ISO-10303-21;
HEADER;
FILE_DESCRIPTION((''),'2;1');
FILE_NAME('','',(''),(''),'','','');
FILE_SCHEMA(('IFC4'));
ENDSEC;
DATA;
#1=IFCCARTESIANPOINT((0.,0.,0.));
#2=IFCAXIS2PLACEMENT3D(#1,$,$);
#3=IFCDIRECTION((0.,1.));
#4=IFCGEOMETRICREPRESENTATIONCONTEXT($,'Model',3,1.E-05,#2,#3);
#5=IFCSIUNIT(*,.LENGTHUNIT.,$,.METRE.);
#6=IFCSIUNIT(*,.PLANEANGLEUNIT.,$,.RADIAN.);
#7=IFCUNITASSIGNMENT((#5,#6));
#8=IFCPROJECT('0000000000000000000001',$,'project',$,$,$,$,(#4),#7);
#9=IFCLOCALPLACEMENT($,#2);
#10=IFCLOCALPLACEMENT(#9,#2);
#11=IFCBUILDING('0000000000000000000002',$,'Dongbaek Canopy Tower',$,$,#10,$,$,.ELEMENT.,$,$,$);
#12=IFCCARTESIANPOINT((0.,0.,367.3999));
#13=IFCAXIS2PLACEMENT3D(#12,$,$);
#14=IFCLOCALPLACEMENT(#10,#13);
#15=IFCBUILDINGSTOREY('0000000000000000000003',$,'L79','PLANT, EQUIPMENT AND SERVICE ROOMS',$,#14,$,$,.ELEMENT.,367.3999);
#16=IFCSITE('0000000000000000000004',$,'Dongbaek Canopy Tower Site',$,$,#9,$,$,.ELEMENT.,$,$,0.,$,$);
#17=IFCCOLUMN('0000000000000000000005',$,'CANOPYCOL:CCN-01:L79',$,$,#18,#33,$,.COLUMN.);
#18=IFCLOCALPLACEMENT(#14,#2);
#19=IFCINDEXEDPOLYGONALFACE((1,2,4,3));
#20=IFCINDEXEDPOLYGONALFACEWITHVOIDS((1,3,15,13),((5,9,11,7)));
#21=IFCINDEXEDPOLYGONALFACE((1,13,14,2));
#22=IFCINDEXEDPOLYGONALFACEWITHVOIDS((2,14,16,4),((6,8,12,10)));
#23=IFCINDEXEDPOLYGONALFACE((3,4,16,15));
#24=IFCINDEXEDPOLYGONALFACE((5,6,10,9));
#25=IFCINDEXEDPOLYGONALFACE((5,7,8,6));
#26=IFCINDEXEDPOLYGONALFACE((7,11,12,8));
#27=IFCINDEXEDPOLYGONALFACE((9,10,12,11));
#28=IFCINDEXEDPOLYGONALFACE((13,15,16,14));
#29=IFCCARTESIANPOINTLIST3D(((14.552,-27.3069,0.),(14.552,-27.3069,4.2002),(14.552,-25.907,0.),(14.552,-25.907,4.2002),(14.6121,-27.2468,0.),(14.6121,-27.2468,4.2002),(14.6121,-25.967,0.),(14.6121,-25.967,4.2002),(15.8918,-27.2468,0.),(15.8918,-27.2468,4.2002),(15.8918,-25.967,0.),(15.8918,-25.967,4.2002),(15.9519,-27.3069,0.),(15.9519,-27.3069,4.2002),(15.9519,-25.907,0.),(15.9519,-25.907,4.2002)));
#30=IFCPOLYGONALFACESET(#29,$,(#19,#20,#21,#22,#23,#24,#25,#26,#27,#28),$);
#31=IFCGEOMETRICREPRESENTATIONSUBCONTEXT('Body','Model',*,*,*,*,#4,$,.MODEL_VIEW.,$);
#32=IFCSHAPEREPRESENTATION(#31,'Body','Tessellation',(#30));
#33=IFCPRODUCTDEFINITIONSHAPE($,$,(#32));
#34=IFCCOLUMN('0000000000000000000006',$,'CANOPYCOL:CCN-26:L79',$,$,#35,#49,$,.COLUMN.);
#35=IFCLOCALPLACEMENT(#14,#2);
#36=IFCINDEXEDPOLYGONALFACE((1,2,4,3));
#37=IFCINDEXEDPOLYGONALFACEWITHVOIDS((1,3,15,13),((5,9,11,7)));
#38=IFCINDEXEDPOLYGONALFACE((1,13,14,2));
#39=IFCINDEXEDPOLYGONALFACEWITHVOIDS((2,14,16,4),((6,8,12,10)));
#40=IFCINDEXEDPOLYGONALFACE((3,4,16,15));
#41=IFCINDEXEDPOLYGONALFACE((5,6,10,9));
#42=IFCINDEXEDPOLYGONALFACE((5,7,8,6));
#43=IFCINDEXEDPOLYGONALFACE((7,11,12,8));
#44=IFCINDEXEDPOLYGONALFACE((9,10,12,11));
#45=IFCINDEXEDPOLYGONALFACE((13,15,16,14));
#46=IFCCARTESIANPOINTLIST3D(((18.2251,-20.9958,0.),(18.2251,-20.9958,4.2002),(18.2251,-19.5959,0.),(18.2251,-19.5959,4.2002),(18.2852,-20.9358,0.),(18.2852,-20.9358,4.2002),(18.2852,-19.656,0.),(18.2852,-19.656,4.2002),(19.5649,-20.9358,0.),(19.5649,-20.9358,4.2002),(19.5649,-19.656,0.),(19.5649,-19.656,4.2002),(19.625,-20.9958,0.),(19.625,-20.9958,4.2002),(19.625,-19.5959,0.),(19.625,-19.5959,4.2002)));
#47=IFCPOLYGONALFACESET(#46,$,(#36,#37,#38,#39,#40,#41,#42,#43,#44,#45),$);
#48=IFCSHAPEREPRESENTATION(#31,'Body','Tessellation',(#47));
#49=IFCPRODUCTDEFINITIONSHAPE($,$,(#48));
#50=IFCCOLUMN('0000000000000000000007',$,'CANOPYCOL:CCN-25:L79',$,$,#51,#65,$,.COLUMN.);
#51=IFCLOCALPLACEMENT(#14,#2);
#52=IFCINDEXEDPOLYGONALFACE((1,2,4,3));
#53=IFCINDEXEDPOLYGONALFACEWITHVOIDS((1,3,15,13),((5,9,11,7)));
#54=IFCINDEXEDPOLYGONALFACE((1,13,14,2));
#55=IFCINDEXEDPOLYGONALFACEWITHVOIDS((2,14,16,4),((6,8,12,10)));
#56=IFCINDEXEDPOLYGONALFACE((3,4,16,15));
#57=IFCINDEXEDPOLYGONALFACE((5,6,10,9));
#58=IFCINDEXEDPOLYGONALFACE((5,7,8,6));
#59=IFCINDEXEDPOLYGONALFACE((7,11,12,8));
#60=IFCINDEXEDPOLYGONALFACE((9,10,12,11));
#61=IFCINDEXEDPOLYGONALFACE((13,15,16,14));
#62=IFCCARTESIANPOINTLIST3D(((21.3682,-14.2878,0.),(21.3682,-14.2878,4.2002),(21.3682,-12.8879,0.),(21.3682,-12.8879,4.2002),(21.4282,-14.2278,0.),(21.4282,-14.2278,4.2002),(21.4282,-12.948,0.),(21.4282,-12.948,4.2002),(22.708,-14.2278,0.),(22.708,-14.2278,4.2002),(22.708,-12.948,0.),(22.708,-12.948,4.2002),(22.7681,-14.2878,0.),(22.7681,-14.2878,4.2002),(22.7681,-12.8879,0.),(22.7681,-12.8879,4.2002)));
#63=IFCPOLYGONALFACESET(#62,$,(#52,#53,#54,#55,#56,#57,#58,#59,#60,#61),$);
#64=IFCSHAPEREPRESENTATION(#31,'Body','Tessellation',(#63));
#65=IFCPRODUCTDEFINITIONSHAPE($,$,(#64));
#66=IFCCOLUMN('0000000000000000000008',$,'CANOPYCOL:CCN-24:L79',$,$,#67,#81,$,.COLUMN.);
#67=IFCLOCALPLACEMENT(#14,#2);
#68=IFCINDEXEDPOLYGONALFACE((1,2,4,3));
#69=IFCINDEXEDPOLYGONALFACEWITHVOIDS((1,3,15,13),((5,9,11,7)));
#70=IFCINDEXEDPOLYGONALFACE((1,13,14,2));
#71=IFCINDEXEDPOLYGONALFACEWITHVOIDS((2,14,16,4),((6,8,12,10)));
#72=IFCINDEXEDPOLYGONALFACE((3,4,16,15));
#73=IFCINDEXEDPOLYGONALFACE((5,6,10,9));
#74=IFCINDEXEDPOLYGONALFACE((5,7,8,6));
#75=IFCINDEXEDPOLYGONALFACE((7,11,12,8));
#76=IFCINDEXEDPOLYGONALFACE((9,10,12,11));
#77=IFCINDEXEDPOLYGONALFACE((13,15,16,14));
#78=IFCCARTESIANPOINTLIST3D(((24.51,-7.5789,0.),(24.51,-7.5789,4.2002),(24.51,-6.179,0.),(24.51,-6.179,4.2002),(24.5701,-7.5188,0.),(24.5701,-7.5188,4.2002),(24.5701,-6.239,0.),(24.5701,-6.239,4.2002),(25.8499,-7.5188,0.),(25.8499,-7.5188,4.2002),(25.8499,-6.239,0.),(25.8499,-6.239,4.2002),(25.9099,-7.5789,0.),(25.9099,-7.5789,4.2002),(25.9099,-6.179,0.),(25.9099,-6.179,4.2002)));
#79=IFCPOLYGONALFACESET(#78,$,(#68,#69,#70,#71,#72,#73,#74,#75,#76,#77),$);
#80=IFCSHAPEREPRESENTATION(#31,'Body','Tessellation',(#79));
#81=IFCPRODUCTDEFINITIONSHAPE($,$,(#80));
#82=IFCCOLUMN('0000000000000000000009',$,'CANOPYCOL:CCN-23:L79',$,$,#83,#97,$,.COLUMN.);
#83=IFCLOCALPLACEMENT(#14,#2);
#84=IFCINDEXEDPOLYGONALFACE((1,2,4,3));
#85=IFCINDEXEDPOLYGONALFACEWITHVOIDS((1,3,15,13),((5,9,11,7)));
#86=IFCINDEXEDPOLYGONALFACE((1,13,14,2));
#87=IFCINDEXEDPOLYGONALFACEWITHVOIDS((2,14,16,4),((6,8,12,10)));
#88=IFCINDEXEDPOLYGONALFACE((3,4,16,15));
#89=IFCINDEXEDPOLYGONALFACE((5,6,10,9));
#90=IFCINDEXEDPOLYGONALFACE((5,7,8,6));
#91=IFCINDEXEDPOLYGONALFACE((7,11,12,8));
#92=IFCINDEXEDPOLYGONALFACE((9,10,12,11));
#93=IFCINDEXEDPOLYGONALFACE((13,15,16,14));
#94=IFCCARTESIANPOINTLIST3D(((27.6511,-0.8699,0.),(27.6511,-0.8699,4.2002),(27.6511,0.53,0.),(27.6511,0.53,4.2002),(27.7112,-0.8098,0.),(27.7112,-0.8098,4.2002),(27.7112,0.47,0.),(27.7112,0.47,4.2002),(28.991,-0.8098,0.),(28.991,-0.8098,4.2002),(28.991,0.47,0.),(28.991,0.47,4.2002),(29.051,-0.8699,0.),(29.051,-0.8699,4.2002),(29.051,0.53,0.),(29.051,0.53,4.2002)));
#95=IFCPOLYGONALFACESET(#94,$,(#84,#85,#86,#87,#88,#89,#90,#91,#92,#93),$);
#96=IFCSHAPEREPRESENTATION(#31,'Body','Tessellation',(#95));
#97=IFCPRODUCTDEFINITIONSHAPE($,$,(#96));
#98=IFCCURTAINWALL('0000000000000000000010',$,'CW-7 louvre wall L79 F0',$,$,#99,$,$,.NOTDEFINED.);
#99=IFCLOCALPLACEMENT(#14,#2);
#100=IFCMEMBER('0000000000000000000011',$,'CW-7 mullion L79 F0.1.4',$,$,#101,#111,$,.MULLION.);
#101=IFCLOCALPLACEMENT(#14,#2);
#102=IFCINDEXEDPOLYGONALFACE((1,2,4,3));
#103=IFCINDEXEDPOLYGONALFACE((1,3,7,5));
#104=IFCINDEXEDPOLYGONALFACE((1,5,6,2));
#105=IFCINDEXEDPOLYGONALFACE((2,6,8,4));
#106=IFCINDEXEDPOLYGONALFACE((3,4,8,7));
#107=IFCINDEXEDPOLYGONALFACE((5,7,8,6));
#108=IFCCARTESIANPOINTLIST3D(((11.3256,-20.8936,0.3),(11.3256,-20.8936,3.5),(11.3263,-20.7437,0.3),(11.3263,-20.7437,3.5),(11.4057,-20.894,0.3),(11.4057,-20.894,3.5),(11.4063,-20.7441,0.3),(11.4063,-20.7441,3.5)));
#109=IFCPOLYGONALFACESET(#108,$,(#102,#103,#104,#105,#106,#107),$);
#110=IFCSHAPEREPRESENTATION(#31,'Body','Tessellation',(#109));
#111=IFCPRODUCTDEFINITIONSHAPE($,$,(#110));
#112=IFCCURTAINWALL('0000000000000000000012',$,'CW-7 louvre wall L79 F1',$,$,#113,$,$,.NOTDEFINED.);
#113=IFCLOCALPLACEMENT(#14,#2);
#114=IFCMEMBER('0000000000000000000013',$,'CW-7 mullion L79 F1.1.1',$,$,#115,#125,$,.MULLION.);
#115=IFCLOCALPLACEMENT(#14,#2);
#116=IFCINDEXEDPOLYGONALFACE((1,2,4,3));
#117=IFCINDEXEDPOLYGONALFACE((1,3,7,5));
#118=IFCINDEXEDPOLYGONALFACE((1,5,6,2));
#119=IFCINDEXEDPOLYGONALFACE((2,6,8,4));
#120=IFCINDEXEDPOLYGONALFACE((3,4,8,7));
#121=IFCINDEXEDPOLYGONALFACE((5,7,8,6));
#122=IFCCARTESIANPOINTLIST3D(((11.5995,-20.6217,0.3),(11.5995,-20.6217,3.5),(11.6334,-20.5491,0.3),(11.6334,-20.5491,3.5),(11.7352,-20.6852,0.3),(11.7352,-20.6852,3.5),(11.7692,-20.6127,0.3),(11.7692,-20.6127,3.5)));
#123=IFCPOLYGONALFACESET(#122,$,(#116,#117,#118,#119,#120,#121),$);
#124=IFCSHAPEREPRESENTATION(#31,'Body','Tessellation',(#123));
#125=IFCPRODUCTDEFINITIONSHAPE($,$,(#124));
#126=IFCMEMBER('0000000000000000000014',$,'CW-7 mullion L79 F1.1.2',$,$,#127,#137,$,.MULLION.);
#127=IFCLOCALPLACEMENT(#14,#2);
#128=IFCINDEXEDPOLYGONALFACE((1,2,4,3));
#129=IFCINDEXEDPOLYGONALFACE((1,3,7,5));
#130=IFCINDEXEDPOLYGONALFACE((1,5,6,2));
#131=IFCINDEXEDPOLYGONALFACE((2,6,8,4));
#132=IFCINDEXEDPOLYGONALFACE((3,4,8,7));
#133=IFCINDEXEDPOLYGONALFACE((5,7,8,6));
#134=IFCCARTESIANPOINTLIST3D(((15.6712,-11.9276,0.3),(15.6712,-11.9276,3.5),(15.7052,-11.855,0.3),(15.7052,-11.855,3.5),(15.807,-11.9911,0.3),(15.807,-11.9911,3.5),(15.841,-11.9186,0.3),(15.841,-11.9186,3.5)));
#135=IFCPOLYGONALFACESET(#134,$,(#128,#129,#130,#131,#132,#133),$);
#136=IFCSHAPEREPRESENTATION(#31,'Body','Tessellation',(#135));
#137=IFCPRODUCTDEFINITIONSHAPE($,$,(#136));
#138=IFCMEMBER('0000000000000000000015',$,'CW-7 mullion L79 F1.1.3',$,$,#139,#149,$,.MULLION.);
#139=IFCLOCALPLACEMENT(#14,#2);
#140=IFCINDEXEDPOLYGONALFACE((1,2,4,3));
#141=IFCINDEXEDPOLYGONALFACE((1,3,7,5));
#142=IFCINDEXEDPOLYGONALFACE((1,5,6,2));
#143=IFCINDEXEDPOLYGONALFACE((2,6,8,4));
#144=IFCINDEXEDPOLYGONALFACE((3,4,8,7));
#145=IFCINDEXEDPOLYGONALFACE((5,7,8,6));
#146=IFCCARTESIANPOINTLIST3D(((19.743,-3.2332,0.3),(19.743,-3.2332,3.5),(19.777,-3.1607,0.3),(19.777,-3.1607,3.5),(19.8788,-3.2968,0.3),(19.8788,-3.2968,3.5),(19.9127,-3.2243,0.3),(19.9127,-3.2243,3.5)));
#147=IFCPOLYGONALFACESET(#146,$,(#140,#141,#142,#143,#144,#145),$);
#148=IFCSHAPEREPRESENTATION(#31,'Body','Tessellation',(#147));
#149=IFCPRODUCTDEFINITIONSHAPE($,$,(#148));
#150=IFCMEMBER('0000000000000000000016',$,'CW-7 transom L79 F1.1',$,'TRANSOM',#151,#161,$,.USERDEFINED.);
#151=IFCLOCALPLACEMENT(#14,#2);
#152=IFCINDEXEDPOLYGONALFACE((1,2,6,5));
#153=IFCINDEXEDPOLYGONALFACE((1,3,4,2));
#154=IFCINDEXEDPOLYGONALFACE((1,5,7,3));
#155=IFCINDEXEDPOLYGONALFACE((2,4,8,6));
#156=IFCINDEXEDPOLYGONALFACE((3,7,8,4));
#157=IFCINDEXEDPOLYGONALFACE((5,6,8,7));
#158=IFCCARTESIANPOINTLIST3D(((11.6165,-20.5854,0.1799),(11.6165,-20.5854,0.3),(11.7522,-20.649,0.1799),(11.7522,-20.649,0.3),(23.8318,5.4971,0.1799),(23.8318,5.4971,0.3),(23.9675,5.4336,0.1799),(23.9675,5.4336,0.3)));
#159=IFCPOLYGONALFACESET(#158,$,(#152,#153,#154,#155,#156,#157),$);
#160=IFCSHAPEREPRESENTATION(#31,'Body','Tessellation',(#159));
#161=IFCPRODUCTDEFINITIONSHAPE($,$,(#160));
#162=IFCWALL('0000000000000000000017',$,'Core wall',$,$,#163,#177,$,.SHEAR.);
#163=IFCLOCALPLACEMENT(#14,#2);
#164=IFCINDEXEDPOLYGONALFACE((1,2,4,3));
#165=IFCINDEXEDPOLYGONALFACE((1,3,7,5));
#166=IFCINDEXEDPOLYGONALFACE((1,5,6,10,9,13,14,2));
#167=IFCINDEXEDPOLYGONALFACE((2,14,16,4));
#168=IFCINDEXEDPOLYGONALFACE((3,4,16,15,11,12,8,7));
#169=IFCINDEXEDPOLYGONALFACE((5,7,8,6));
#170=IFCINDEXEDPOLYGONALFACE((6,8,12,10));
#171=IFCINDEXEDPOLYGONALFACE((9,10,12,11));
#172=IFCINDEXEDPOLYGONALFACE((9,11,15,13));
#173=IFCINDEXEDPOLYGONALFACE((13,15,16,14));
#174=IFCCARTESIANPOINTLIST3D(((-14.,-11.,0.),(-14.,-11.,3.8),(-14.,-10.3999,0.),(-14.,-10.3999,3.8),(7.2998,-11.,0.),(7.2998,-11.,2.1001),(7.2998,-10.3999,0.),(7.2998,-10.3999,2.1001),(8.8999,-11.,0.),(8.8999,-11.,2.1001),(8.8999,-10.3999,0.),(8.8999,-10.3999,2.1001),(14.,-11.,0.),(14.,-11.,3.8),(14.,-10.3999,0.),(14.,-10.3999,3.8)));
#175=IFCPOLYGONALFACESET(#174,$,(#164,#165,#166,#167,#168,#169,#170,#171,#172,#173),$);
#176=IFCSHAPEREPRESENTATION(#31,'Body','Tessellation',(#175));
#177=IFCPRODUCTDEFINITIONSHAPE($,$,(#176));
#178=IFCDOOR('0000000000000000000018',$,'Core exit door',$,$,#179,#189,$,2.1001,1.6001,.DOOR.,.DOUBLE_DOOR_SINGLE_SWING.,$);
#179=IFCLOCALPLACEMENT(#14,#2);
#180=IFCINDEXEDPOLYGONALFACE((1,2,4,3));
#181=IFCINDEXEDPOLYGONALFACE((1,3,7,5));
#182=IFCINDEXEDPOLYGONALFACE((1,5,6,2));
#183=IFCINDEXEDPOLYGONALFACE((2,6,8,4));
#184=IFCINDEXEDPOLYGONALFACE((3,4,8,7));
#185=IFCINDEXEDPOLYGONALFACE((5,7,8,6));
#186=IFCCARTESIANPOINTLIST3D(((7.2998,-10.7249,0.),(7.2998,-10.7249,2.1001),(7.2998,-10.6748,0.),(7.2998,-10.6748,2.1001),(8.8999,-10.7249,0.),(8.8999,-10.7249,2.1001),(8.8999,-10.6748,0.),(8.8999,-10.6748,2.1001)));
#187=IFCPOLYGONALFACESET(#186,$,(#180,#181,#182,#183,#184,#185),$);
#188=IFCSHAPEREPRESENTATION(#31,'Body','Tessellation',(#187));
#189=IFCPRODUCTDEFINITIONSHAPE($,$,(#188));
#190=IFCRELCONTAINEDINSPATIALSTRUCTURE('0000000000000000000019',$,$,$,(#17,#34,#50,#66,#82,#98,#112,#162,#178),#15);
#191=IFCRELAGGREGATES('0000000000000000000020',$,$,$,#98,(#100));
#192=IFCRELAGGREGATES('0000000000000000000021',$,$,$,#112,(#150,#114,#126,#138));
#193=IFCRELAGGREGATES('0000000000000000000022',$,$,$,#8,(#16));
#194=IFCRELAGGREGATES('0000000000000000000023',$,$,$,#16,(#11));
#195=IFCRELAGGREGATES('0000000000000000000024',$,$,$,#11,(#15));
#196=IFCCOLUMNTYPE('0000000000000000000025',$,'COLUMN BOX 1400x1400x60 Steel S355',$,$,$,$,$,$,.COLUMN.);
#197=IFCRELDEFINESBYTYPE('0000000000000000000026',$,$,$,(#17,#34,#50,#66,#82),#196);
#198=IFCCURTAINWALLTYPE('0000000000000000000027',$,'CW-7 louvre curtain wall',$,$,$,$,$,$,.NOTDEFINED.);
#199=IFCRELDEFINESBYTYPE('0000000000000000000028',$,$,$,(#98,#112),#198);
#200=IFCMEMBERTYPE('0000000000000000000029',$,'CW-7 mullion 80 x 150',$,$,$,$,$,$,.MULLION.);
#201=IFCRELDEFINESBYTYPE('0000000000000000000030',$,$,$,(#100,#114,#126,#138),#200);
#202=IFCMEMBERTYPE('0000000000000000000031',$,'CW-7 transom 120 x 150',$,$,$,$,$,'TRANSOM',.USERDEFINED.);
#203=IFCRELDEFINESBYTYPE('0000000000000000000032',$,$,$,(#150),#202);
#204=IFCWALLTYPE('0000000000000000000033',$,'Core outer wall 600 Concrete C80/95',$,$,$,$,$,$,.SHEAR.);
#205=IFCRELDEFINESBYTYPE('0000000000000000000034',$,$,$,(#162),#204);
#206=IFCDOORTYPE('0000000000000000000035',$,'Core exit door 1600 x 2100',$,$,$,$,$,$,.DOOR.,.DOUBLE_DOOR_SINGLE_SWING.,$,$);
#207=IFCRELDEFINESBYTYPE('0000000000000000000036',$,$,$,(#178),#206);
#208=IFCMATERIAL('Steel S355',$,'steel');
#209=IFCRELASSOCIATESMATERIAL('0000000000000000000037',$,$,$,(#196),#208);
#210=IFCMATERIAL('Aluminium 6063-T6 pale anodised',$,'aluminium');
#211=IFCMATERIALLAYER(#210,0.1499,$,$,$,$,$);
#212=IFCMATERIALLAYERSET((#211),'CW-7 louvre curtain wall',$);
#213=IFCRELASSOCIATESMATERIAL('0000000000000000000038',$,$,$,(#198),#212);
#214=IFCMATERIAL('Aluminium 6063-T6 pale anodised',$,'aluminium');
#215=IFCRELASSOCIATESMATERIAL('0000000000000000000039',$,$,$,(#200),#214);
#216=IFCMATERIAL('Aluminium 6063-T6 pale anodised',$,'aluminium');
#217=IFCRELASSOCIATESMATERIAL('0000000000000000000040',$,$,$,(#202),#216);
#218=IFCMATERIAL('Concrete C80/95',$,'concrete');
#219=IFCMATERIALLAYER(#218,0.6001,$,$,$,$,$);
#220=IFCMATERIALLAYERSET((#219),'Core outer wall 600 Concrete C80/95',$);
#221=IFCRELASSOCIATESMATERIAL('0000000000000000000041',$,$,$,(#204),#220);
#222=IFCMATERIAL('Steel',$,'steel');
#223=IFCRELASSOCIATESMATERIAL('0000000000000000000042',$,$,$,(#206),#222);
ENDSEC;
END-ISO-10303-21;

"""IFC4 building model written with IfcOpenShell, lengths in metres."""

from ifc_helpers import new_model, si_unit, direction, frame, frame_2d, origin, origin_2d, place, context, subcontext, project, spatial, rectangle, hollow_rectangle, extrude, material, layer, layer_set, material_profile, profile_set, type_object, element, fill, aggregate, save


model = new_model("IFC4")

# Units and contexts
model_context = context("Model", 3, precision=1e-05, world=origin(), true_north=direction((0.0, 1.0)))
body_context = subcontext(model_context, "Body", "Model", "MODEL_VIEW")
ifc_project = project(units=[si_unit("LENGTHUNIT", "METRE"), si_unit("PLANEANGLEUNIT", "RADIAN")], contexts=[model_context])

# Site, building, storey
site_placement = place(None, origin())
site = spatial("IfcSite", under=ifc_project, at=site_placement, Name="Dongbaek Canopy Tower Site", CompositionType="ELEMENT", RefElevation=0.0)
building_placement = place(site_placement, origin())
building = spatial("IfcBuilding", under=site, at=building_placement, Name="Dongbaek Canopy Tower", CompositionType="ELEMENT")
storey_placement = place(building_placement, frame((0.0, 0.0, 367.3999)))
storey = spatial("IfcBuildingStorey", under=building, at=storey_placement, Name="L79", Description="PLANT, EQUIPMENT AND SERVICE ROOMS", CompositionType="ELEMENT", Elevation=367.3999)

# Columns
ifc_material_1 = material(Name="Steel S355", Category="steel")
ifc_material_profile_1 = material_profile(ifc_material_1, hollow_rectangle(XDim=1.3999, YDim=1.3999, WallThickness=0.0601, at=origin_2d()), Name="COLUMN BOX 1400x1400x60 Steel S355")
ifc_profile_set_1 = profile_set([ifc_material_profile_1], Name="Steel S355")
column_type = type_object("IfcColumnType", Name="COLUMN BOX 1400x1400x60 Steel S355", PredefinedType="COLUMN", material=ifc_profile_set_1)
for number, where, z_axis, x_axis, name in (
    (1, (15.252, -26.6069, 0.0), (0.0, 0.0, 1.0), (1.0, 0.0, 0.0), "CANOPYCOL:CCN-01:L79"),
    (2, (18.925, -20.2959, 0.0), (0.0, 0.0, 1.0), (1.0, 0.0, 0.0), "CANOPYCOL:CCN-26:L79"),
    (3, (22.0681, -13.5879, 0.0), (0.0, 0.0, 1.0), (1.0, 0.0, 0.0), "CANOPYCOL:CCN-25:L79"),
    (4, (25.21, -6.8789, 0.0), (0.0, 0.0, 1.0), (1.0, 0.0, 0.0), "CANOPYCOL:CCN-24:L79"),
    (5, (28.3511, -0.1699, 0.0), (0.0, 0.0, 1.0), (1.0, 0.0, 0.0), "CANOPYCOL:CCN-23:L79"),
):
    element("IfcColumn", number, at=place(storey_placement, frame(where, z_axis=z_axis, x_axis=x_axis)), inside=storey, type_object=column_type, Name=name, PredefinedType="COLUMN", context=body_context, shape_type="SweptSolid", body=[
        extrude(hollow_rectangle(XDim=1.3999, YDim=1.3999, WallThickness=0.0601, at=origin_2d()), origin(), (0.0, 0.0, 1.0), 4.2002),
    ])

# Curtain wall, member
ifc_material_2 = material(Name="Aluminium 6063-T6 pale anodised", Category="aluminium")
ifc_layer_1 = layer(ifc_material_2, 0.1499)
ifc_layer_set_1 = layer_set([ifc_layer_1], Name="CW-7 louvre curtain wall")
curtain_wall_type = type_object("IfcCurtainWallType", Name="CW-7 louvre curtain wall", PredefinedType="NOTDEFINED", material=ifc_layer_set_1)
curtain_wall_1_placement = place(storey_placement, origin())
curtain_wall_1 = element("IfcCurtainWall", 6, at=curtain_wall_1_placement, inside=storey, type_object=curtain_wall_type, Name="CW-7 louvre wall L79 F0", PredefinedType="NOTDEFINED")
ifc_material_3 = material(Name="Aluminium 6063-T6 pale anodised", Category="aluminium")
ifc_material_profile_2 = material_profile(ifc_material_3, rectangle(XDim=0.1499, YDim=0.0801, at=origin_2d()), Name="CW-7 mullion 80 x 150")
ifc_profile_set_2 = profile_set([ifc_material_profile_2], Name="Aluminium 6063-T6 pale anodised")
member_type_1 = type_object("IfcMemberType", Name="CW-7 mullion 80 x 150", PredefinedType="MULLION", material=ifc_profile_set_2)
member_1_placement = place(storey_placement, frame((11.366, -20.8188, 0.3), z_axis=(0.0, 0.0, 1.0), x_axis=(-0.004466, -0.99999, 0.0)))
member_1 = element("IfcMember", 7, at=member_1_placement, type_object=member_type_1, Name="CW-7 mullion L79 F0.1.4", PredefinedType="MULLION", context=body_context, shape_type="SweptSolid", body=[
    extrude(rectangle(XDim=0.1499, YDim=0.0801, at=origin_2d()), origin(), (0.0, 0.0, 1.0), 3.2),
])
aggregate(curtain_wall_1, [member_1])

# Curtain wall, members
curtain_wall_2_placement = place(storey_placement, origin())
curtain_wall_2 = element("IfcCurtainWall", 8, at=curtain_wall_2_placement, inside=storey, type_object=curtain_wall_type, Name="CW-7 louvre wall L79 F1", PredefinedType="NOTDEFINED")
member_2_placement = place(storey_placement, frame((11.6843, -20.6172, 0.3), z_axis=(0.0, 0.0, 1.0), x_axis=(0.905605, -0.424123, 0.0)))
member_2 = element("IfcMember", 9, at=member_2_placement, type_object=member_type_1, Name="CW-7 mullion L79 F1.1.1", PredefinedType="MULLION", context=body_context, shape_type="SweptSolid", body=[
    extrude(rectangle(XDim=0.1499, YDim=0.0801, at=origin_2d()), origin(), (0.0, 0.0, 1.0), 3.2),
])
member_3_placement = place(storey_placement, frame((15.7561, -11.9231, 0.3), z_axis=(0.0, 0.0, 1.0), x_axis=(0.905605, -0.424123, 0.0)))
member_3 = element("IfcMember", 10, at=member_3_placement, type_object=member_type_1, Name="CW-7 mullion L79 F1.1.2", PredefinedType="MULLION", context=body_context, shape_type="SweptSolid", body=[
    extrude(rectangle(XDim=0.1499, YDim=0.0801, at=origin_2d()), origin(), (0.0, 0.0, 1.0), 3.2),
])
member_4_placement = place(storey_placement, frame((19.8279, -3.2288, 0.3), z_axis=(0.0, 0.0, 1.0), x_axis=(0.905605, -0.424123, 0.0)))
member_4 = element("IfcMember", 11, at=member_4_placement, type_object=member_type_1, Name="CW-7 mullion L79 F1.1.3", PredefinedType="MULLION", context=body_context, shape_type="SweptSolid", body=[
    extrude(rectangle(XDim=0.1499, YDim=0.0801, at=origin_2d()), origin(), (0.0, 0.0, 1.0), 3.2),
])
ifc_material_4 = material(Name="Aluminium 6063-T6 pale anodised", Category="aluminium")
ifc_material_profile_3 = material_profile(ifc_material_4, rectangle(XDim=0.1499, YDim=0.1201, at=origin_2d()), Name="CW-7 transom 120 x 150")
ifc_profile_set_3 = profile_set([ifc_material_profile_3], Name="Aluminium 6063-T6 pale anodised")
member_type_2 = type_object("IfcMemberType", Name="CW-7 transom 120 x 150", ElementType="TRANSOM", PredefinedType="USERDEFINED", material=ifc_profile_set_3)
member_5_placement = place(storey_placement, frame((11.6843, -20.6172, 0.24), z_axis=(0.424125, 0.905604, 0.0), x_axis=(-0.905604, 0.424125, 0.0)))
member_5 = element("IfcMember", 12, at=member_5_placement, type_object=member_type_2, Name="CW-7 transom L79 F1.1", ObjectType="TRANSOM", PredefinedType="USERDEFINED", context=body_context, shape_type="SweptSolid", body=[
    extrude(rectangle(XDim=0.1499, YDim=0.1201, at=origin_2d()), origin(), (0.0, 0.0, 1.0), 28.8013),
])

# Wall, opening, door
ifc_material_5 = material(Name="Concrete C80/95", Category="concrete")
ifc_layer_2 = layer(ifc_material_5, 0.6001)
ifc_layer_set_2 = layer_set([ifc_layer_2], Name="Core outer wall 600 Concrete C80/95")
wall_type_1 = type_object("IfcWallType", Name="Core outer wall 600 Concrete C80/95", PredefinedType="SHEAR", material=ifc_layer_set_2)
wall_1_placement = place(storey_placement, frame((14.0, -10.7, 0.0), z_axis=(0.0, 0.0, 1.0), x_axis=(-1.0, 0.0, 0.0)))
wall_1 = element("IfcWall", 13, at=wall_1_placement, inside=storey, type_object=wall_type_1, Name="Core wall", PredefinedType="SHEAR", context=body_context, shape_type="SweptSolid", body=[
    extrude(rectangle(XDim=28.0, YDim=0.6001, at=frame_2d((14.0, 0.0))), origin(), (0.0, 0.0, 1.0), 3.8),
])
opening_1_placement = place(wall_1_placement, frame((5.1001, 0.0, 0.0)))
opening_1 = element("IfcOpeningElement", 14, at=opening_1_placement, cuts=wall_1, PredefinedType="OPENING", context=body_context, shape_type="SweptSolid", body=[
    extrude(rectangle(XDim=1.6001, YDim=2.1001, at=frame_2d((0.8, 1.05))), frame((0.0, 0.3101, 0.0), z_axis=(0.0, -1.0, 0.0), x_axis=(1.0, 0.0, 0.0)), (0.0, 0.0, 1.0), 0.6201),
])
ifc_material_6 = material(Name="Steel", Category="steel")
door_type_1 = type_object("IfcDoorType", Name="Core exit door 1600 x 2100", OperationType="DOUBLE_DOOR_SINGLE_SWING", PredefinedType="DOOR", material=ifc_material_6)
door_1_placement = place(opening_1_placement, origin())
door_1 = element("IfcDoor", 15, at=door_1_placement, inside=storey, type_object=door_type_1, Name="Core exit door", OperationType="DOUBLE_DOOR_SINGLE_SWING", OverallHeight=2.1001, OverallWidth=1.6001, PredefinedType="DOOR", context=body_context, shape_type="SweptSolid", body=[
    extrude(rectangle(XDim=1.6001, YDim=2.1001, at=frame_2d((0.8, 1.05))), frame((0.0, 0.0249, 0.0), z_axis=(0.0, -1.0, 0.0), x_axis=(1.0, 0.0, 0.0)), (0.0, 0.0, 1.0), 0.05),
])
fill(opening_1, door_1)

aggregate(curtain_wall_2, [member_5, member_2, member_3, member_4])

save(model, "model.ifc")
